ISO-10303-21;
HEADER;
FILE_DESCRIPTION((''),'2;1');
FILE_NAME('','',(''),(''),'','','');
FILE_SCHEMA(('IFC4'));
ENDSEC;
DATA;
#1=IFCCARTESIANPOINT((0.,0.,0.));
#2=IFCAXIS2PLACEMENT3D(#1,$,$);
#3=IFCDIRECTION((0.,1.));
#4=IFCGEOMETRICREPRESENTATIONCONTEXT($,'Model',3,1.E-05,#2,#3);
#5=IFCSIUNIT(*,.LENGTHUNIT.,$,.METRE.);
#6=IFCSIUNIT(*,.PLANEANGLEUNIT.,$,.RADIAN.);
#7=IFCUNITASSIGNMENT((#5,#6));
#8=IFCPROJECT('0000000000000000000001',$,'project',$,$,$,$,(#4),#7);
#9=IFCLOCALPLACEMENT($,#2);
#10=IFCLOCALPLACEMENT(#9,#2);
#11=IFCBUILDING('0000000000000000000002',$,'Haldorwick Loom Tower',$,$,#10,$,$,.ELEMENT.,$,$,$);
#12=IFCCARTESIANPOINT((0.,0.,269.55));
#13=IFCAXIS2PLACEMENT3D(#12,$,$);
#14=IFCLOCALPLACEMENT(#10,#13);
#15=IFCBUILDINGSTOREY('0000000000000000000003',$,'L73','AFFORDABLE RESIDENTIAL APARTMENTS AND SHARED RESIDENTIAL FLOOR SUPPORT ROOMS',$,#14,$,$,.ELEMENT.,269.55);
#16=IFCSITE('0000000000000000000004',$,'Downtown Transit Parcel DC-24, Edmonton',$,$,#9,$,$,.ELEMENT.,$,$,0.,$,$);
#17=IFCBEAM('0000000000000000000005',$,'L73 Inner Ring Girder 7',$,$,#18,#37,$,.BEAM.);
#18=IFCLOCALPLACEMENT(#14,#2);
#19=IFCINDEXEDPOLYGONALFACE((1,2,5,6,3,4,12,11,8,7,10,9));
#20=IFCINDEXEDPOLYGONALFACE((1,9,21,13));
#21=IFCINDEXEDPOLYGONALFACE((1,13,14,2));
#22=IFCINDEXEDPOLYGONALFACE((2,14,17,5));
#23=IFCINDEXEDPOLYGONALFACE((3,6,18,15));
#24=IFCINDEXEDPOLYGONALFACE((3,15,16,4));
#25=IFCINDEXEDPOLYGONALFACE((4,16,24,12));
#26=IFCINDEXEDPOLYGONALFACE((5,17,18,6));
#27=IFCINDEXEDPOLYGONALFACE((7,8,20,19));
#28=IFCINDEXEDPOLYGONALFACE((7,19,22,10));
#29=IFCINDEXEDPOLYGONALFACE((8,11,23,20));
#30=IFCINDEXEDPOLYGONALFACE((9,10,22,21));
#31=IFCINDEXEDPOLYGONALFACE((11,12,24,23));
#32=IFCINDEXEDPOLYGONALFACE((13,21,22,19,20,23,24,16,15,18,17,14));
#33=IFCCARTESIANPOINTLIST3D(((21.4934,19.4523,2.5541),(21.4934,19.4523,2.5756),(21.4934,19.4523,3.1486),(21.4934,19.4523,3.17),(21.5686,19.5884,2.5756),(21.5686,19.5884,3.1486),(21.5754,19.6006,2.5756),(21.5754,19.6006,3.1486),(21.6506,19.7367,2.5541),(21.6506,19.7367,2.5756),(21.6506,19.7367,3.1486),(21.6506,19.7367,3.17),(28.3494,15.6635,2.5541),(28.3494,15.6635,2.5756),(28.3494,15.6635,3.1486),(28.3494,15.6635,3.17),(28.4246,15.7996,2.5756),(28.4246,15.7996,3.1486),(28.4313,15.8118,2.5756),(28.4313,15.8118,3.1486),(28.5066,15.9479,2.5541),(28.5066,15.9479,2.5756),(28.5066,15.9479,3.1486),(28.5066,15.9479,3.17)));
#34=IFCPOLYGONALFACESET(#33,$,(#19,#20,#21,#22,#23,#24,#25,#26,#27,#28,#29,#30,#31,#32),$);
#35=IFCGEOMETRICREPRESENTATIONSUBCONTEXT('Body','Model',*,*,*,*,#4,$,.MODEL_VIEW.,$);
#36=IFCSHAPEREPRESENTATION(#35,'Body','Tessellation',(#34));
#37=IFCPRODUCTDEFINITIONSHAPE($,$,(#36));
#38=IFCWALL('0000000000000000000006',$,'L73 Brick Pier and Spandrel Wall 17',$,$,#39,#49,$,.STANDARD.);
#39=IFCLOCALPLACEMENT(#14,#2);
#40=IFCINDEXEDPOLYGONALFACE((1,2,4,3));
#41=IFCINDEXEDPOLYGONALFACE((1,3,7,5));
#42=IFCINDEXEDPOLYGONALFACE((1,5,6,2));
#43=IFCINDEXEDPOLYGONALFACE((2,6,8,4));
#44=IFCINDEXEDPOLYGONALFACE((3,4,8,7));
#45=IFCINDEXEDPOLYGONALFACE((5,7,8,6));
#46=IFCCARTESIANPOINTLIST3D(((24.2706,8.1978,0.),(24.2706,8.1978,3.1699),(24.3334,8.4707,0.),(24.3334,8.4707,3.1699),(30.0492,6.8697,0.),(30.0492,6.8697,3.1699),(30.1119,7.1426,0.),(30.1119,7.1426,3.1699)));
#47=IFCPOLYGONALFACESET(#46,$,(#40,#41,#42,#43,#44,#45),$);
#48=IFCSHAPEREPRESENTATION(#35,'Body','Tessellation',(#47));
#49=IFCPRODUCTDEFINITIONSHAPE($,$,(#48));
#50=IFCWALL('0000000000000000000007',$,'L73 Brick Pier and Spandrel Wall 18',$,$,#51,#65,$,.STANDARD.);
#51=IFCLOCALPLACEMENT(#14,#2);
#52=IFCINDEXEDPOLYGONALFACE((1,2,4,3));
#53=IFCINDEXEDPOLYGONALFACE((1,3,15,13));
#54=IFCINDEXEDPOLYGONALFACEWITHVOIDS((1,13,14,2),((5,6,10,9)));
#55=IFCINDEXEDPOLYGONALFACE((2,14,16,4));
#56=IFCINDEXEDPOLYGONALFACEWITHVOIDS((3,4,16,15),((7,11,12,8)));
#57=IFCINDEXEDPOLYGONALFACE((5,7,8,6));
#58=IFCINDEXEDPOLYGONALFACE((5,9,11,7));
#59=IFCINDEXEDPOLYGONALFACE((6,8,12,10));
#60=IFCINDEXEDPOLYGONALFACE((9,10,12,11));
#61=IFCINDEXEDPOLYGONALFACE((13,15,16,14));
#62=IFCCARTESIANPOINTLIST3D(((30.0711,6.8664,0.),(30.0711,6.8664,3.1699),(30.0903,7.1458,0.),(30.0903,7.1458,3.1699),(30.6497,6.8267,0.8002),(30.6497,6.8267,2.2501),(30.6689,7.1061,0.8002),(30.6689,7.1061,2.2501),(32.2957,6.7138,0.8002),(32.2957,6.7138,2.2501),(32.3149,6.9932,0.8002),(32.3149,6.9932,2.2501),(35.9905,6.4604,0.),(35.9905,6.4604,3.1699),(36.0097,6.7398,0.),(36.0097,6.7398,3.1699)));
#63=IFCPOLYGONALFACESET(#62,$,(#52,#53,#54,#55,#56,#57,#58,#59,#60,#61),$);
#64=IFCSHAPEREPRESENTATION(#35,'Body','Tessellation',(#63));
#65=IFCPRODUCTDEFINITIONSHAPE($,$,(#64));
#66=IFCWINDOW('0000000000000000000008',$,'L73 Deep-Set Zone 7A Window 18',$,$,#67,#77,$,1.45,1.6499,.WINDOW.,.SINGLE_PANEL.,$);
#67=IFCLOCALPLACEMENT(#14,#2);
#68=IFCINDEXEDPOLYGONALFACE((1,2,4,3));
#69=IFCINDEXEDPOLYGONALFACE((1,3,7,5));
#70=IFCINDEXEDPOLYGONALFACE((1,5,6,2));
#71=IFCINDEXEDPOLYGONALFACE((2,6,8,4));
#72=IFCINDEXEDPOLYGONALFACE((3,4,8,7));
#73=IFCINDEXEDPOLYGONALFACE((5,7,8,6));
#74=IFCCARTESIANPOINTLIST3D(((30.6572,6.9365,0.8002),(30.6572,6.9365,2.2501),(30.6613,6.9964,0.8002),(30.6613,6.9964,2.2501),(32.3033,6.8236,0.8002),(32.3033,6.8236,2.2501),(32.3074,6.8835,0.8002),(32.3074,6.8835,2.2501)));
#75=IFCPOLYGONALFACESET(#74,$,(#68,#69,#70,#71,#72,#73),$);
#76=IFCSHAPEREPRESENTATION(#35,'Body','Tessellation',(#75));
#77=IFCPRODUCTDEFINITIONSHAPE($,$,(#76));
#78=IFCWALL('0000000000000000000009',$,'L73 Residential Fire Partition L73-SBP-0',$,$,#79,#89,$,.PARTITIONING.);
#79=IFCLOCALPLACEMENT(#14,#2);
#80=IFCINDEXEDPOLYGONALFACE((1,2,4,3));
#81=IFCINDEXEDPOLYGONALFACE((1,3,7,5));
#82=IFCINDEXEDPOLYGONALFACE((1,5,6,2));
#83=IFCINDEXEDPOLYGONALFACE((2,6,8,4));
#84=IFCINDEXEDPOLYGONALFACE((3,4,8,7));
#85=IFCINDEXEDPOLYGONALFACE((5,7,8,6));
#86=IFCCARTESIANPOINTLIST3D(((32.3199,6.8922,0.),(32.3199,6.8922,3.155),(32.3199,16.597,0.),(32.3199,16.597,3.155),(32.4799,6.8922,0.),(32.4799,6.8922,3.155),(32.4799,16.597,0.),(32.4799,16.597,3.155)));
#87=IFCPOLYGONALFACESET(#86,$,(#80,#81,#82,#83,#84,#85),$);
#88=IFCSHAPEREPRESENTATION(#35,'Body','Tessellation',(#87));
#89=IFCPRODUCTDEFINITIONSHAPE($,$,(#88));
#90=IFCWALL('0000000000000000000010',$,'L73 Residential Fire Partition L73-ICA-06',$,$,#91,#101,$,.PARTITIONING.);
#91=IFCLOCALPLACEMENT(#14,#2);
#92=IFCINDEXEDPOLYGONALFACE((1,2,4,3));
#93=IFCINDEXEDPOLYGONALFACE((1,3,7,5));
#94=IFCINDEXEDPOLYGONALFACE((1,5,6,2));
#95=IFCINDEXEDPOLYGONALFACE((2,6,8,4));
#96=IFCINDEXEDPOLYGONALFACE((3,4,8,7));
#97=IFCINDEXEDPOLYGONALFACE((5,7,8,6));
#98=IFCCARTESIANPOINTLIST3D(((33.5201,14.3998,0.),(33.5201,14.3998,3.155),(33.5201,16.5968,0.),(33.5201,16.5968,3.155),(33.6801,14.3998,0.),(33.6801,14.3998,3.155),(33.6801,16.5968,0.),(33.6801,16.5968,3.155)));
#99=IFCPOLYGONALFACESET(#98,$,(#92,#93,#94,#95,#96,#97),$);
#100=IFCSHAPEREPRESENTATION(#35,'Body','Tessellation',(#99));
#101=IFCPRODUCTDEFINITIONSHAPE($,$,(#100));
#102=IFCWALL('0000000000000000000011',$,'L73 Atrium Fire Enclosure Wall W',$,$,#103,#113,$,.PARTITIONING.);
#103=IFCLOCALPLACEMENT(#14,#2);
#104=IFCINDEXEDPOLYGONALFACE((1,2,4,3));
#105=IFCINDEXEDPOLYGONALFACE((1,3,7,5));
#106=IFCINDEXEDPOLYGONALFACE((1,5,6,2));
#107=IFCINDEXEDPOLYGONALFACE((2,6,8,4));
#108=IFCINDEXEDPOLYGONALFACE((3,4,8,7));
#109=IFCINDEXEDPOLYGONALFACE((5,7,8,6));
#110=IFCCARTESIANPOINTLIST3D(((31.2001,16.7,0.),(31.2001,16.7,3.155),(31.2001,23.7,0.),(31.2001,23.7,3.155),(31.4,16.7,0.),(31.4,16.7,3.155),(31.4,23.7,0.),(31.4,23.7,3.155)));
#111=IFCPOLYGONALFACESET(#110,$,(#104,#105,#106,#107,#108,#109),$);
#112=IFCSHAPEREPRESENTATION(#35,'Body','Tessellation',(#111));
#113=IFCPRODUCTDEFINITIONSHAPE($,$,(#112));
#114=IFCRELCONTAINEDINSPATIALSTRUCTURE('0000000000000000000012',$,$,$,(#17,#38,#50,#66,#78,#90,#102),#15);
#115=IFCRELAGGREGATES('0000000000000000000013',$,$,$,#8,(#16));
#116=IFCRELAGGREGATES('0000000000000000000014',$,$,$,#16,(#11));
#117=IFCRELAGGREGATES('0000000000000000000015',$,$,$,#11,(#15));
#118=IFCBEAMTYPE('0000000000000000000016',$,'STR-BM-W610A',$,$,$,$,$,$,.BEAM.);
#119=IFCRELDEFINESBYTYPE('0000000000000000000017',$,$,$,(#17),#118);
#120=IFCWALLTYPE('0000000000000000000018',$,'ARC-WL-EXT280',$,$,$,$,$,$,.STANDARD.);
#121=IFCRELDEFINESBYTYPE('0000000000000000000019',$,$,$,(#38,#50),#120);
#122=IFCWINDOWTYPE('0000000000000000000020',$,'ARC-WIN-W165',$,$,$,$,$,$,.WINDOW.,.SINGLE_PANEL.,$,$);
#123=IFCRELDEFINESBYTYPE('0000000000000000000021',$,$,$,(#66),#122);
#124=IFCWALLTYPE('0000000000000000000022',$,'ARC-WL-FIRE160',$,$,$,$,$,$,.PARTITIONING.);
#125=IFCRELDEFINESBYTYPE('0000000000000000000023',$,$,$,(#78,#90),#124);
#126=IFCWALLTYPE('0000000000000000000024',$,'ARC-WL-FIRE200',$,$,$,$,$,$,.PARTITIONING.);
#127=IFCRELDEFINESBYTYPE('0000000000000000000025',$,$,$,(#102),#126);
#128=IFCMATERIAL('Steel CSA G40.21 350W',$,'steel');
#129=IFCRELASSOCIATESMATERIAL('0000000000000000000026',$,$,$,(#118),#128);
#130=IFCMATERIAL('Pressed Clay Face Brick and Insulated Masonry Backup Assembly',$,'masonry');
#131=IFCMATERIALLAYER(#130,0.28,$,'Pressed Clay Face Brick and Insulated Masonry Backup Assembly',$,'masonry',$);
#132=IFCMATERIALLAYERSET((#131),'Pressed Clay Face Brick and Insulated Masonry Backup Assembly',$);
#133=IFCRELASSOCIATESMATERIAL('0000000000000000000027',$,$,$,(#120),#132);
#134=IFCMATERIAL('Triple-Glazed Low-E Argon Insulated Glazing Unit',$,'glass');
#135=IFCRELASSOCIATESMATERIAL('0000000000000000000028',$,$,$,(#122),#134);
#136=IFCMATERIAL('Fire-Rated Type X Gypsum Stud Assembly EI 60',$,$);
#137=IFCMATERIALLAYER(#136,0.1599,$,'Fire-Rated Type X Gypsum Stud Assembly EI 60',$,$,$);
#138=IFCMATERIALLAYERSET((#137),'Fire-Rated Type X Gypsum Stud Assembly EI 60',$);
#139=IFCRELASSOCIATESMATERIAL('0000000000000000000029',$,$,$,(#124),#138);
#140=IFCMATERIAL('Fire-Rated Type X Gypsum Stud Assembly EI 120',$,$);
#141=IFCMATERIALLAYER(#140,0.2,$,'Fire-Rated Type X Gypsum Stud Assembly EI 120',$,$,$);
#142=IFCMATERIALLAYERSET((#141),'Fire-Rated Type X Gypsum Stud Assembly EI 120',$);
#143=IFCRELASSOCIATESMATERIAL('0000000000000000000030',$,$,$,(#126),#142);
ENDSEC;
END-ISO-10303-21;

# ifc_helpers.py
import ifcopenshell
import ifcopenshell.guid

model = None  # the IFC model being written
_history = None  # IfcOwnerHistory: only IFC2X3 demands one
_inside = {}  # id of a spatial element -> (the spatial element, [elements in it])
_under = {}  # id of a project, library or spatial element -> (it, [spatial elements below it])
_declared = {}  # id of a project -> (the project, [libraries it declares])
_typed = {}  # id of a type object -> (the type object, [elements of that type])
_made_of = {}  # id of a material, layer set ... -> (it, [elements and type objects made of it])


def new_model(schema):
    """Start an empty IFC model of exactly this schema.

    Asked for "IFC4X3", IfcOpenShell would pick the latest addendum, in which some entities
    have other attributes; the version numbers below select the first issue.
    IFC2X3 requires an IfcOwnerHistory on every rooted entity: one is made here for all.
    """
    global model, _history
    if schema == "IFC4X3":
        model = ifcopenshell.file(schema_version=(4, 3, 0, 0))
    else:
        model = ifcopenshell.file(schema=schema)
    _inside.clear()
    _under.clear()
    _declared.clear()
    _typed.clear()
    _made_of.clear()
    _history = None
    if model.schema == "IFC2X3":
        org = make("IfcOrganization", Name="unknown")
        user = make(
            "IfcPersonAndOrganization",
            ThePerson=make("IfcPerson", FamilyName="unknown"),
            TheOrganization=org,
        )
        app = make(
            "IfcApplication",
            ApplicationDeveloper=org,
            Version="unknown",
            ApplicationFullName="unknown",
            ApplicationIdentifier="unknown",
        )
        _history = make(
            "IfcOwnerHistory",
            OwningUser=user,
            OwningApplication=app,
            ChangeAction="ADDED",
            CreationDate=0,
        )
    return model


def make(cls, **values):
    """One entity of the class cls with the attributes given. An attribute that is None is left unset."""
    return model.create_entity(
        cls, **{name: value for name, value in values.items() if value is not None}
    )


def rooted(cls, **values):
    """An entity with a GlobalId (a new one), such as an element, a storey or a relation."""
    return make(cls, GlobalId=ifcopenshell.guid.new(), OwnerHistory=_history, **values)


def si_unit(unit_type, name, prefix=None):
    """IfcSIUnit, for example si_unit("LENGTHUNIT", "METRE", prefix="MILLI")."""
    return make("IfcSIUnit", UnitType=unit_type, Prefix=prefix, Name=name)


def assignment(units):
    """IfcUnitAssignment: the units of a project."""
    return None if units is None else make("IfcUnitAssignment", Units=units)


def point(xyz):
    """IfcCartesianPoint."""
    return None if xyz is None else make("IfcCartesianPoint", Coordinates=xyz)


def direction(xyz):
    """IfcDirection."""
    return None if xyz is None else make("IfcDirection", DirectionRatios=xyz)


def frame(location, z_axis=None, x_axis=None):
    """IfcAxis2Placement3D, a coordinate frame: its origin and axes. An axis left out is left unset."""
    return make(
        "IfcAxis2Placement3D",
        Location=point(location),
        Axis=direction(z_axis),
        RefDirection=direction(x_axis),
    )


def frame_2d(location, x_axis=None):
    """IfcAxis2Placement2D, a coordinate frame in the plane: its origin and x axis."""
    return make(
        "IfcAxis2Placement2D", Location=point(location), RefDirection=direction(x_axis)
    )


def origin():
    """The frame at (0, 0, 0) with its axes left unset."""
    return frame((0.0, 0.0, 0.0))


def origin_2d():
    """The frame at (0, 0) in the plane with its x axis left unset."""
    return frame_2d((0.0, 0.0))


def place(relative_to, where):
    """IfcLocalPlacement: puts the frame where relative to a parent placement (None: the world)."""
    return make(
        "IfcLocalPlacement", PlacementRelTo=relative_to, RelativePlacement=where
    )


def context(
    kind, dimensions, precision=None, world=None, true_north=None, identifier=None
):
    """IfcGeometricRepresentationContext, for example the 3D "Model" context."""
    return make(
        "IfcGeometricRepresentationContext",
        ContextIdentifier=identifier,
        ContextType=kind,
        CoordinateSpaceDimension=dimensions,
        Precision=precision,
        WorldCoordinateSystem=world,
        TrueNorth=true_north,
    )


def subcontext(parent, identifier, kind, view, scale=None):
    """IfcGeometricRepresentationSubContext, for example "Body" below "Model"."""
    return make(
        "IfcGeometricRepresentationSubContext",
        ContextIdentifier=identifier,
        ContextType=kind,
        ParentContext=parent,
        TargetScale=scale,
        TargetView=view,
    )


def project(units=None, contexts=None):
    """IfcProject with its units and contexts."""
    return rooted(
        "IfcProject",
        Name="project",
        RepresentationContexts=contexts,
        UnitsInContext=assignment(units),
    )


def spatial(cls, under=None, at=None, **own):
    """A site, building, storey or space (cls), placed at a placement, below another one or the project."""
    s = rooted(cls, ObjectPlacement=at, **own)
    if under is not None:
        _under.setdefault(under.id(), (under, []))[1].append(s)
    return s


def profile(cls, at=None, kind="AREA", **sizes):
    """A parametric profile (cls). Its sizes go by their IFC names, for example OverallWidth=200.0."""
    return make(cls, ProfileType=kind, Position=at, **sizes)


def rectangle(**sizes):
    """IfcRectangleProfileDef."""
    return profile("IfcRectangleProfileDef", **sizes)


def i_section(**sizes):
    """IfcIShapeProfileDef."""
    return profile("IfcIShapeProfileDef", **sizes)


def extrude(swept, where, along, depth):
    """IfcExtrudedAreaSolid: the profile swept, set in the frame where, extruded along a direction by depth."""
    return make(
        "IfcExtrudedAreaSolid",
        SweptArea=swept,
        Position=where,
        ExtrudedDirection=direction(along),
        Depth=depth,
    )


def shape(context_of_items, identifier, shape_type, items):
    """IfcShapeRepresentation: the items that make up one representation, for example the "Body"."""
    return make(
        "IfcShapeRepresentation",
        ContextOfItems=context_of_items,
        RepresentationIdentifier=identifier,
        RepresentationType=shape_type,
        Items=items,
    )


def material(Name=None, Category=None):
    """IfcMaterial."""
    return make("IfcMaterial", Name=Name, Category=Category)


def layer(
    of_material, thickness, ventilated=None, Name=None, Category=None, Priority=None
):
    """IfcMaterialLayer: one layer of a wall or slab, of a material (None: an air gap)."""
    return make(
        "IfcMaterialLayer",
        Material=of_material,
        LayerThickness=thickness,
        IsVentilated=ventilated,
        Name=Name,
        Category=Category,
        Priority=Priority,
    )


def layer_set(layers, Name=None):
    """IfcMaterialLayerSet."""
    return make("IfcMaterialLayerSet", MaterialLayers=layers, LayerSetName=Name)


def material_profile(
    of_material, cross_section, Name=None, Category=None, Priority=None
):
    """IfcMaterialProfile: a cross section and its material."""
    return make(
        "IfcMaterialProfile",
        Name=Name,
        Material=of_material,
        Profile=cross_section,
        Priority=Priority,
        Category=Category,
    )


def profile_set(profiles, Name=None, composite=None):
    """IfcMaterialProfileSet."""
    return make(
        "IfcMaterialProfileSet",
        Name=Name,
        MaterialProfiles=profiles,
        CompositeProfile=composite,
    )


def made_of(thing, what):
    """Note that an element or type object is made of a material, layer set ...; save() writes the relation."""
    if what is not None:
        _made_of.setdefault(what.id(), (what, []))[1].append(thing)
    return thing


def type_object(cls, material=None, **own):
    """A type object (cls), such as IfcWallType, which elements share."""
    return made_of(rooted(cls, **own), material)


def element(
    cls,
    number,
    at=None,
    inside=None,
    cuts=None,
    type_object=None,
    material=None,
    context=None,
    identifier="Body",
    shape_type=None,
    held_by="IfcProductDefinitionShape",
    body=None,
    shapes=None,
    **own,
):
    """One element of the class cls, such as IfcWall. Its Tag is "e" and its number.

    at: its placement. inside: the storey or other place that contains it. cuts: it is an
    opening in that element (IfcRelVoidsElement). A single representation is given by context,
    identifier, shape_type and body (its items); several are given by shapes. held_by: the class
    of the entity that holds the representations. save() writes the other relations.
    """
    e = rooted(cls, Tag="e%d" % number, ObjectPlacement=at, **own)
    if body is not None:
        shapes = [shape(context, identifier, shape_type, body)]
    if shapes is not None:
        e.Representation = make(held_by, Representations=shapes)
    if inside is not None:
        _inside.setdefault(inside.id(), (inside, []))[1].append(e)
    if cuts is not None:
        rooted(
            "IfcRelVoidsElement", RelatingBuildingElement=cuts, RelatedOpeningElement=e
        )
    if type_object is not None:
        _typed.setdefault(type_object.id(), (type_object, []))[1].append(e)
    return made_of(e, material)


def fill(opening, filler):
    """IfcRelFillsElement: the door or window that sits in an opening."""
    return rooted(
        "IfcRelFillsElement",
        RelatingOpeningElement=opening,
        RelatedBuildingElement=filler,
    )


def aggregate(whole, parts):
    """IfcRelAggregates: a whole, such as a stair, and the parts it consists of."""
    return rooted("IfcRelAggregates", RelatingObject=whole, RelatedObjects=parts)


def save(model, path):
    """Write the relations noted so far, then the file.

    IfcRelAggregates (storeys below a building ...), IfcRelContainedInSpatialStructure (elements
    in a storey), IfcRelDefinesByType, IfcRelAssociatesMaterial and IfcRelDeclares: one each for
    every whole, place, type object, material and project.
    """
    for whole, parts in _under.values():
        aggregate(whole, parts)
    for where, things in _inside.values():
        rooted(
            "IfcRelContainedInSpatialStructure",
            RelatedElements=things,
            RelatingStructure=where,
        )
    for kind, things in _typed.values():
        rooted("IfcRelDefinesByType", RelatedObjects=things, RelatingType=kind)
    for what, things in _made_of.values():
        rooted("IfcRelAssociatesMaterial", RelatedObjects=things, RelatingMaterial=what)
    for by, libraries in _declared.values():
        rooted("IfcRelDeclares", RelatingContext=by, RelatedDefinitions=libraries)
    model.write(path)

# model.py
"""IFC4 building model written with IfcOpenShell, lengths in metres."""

from ifc_helpers import new_model, si_unit, direction, frame, frame_2d, origin, origin_2d, place, context, subcontext, project, spatial, rectangle, i_section, extrude, material, layer, layer_set, material_profile, profile_set, type_object, element, fill, save


model = new_model("IFC4")

# Units and contexts
model_context = context("Model", 3, precision=1e-05, world=origin(), true_north=direction((0.0, 1.0)))
body_context = subcontext(model_context, "Body", "Model", "MODEL_VIEW")
ifc_project = project(units=[si_unit("LENGTHUNIT", "METRE"), si_unit("PLANEANGLEUNIT", "RADIAN")], contexts=[model_context])

# Site, building, storey
site_placement = place(None, origin())
site = spatial("IfcSite", under=ifc_project, at=site_placement, Name="Downtown Transit Parcel DC-24, Edmonton", CompositionType="ELEMENT", RefElevation=0.0)
building_placement = place(site_placement, origin())
building = spatial("IfcBuilding", under=site, at=building_placement, Name="Haldorwick Loom Tower", CompositionType="ELEMENT")
storey_placement = place(building_placement, frame((0.0, 0.0, 269.55)))
storey = spatial("IfcBuildingStorey", under=building, at=storey_placement, Name="L73", Description="AFFORDABLE RESIDENTIAL APARTMENTS AND SHARED RESIDENTIAL FLOOR SUPPORT ROOMS", CompositionType="ELEMENT", Elevation=269.55)

# Beam
ifc_material_1 = material(Name="Steel CSA G40.21 350W", Category="steel")
ifc_material_profile_1 = material_profile(ifc_material_1, i_section(OverallWidth=0.325, OverallDepth=0.616, WebThickness=0.0139, FlangeThickness=0.0215, at=origin_2d()), Name="W610X174", Category="steel")
ifc_profile_set_1 = profile_set([ifc_material_profile_1], Name="Steel CSA G40.21 350W")
beam_type_1 = type_object("IfcBeamType", Name="STR-BM-W610A", PredefinedType="BEAM", material=ifc_profile_set_1)
beam_1_placement = place(storey_placement, frame((28.428, 15.8057, 2.8621), z_axis=(-0.875242, 0.483686, 0.0), x_axis=(-0.483686, -0.875242, 0.0)))
element("IfcBeam", 1, at=beam_1_placement, inside=storey, type_object=beam_type_1, Name="L73 Inner Ring Girder 7", PredefinedType="BEAM", context=body_context, shape_type="SweptSolid", body=[
    extrude(i_section(OverallWidth=0.325, OverallDepth=0.616, WebThickness=0.0139, FlangeThickness=0.0215, at=origin_2d()), origin(), (0.0, 0.0, 1.0), 7.8333),
])

# Wall
ifc_material_2 = material(Name="Pressed Clay Face Brick and Insulated Masonry Backup Assembly", Category="masonry")
ifc_layer_1 = layer(ifc_material_2, 0.28, Name="Pressed Clay Face Brick and Insulated Masonry Backup Assembly", Category="masonry")
ifc_layer_set_1 = layer_set([ifc_layer_1], Name="Pressed Clay Face Brick and Insulated Masonry Backup Assembly")
wall_type_1 = type_object("IfcWallType", Name="ARC-WL-EXT280", PredefinedType="STANDARD", material=ifc_layer_set_1)
wall_1_placement = place(storey_placement, frame((24.302, 8.3342, 0.0), z_axis=(0.0, 0.0, 1.0), x_axis=(0.97459, -0.223996, 0.0)))
element("IfcWall", 2, at=wall_1_placement, inside=storey, type_object=wall_type_1, Name="L73 Brick Pier and Spandrel Wall 17", PredefinedType="STANDARD", context=body_context, shape_type="SweptSolid", body=[
    extrude(rectangle(XDim=5.9292, YDim=0.28, at=frame_2d((2.9646, 0.0))), origin(), (0.0, 0.0, 1.0), 3.1699),
])

# Wall, opening, window
wall_2_placement = place(storey_placement, frame((30.0806, 7.0061, 0.0), z_axis=(0.0, 0.0, 1.0), x_axis=(0.997656, -0.068428, 0.0)))
wall_2 = element("IfcWall", 3, at=wall_2_placement, inside=storey, type_object=wall_type_1, Name="L73 Brick Pier and Spandrel Wall 18", PredefinedType="STANDARD", context=body_context, shape_type="SweptSolid", body=[
    extrude(rectangle(XDim=5.9333, YDim=0.28, at=frame_2d((2.9668, 0.0))), origin(), (0.0, 0.0, 1.0), 3.1699),
])
opening_placement = place(wall_2_placement, frame((0.5801, 0.0, 0.8)))
opening = element("IfcOpeningElement", 4, at=opening_placement, cuts=wall_2, PredefinedType="OPENING", context=body_context, shape_type="SweptSolid", body=[
    extrude(rectangle(XDim=1.6499, YDim=1.45, at=frame_2d((0.825, 0.7251))), frame((0.0, 0.1499, 0.0), z_axis=(0.0, -1.0, 0.0), x_axis=(1.0, 0.0, 0.0)), (0.0, 0.0, 1.0), 0.3),
])
ifc_material_3 = material(Name="Triple-Glazed Low-E Argon Insulated Glazing Unit", Category="glass")
window_type = type_object("IfcWindowType", Name="ARC-WIN-W165", PartitioningType="SINGLE_PANEL", PredefinedType="WINDOW", material=ifc_material_3)
window_placement = place(opening_placement, origin())
window = element("IfcWindow", 5, at=window_placement, inside=storey, type_object=window_type, Name="L73 Deep-Set Zone 7A Window 18", OverallHeight=1.45, OverallWidth=1.6499, PartitioningType="SINGLE_PANEL", PredefinedType="WINDOW", context=body_context, shape_type="SweptSolid", body=[
    extrude(rectangle(XDim=1.6499, YDim=1.45, at=frame_2d((0.825, 0.7251))), frame((0.0, 0.03, 0.0), z_axis=(0.0, -1.0, 0.0), x_axis=(1.0, 0.0, 0.0)), (0.0, 0.0, 1.0), 0.0601),
])
fill(opening, window)

# Walls
ifc_material_4 = material(Name="Fire-Rated Type X Gypsum Stud Assembly EI 60")
ifc_layer_2 = layer(ifc_material_4, 0.1599, Name="Fire-Rated Type X Gypsum Stud Assembly EI 60")
ifc_layer_set_2 = layer_set([ifc_layer_2], Name="Fire-Rated Type X Gypsum Stud Assembly EI 60")
wall_type_2 = type_object("IfcWallType", Name="ARC-WL-FIRE160", PredefinedType="PARTITIONING", material=ifc_layer_set_2)
wall_3_placement = place(storey_placement, frame((32.3999, 6.8921, 0.0), z_axis=(0.0, 0.0, 1.0), x_axis=(0.0, 1.0, 0.0)))
element("IfcWall", 6, at=wall_3_placement, inside=storey, type_object=wall_type_2, Name="L73 Residential Fire Partition L73-SBP-0", PredefinedType="PARTITIONING", context=body_context, shape_type="SweptSolid", body=[
    extrude(rectangle(XDim=9.7048, YDim=0.1599, at=frame_2d((4.8525, 0.0))), origin(), (0.0, 0.0, 1.0), 3.155),
])
wall_4_placement = place(storey_placement, frame((33.6001, 16.5969, 0.0), z_axis=(0.0, 0.0, 1.0), x_axis=(0.0, -1.0, 0.0)))
element("IfcWall", 7, at=wall_4_placement, inside=storey, type_object=wall_type_2, Name="L73 Residential Fire Partition L73-ICA-06", PredefinedType="PARTITIONING", context=body_context, shape_type="SweptSolid", body=[
    extrude(rectangle(XDim=2.197, YDim=0.1599, at=frame_2d((1.0986, 0.0))), origin(), (0.0, 0.0, 1.0), 3.155),
])
ifc_material_5 = material(Name="Fire-Rated Type X Gypsum Stud Assembly EI 120")
ifc_layer_3 = layer(ifc_material_5, 0.2, Name="Fire-Rated Type X Gypsum Stud Assembly EI 120")
ifc_layer_set_3 = layer_set([ifc_layer_3], Name="Fire-Rated Type X Gypsum Stud Assembly EI 120")
wall_type_3 = type_object("IfcWallType", Name="ARC-WL-FIRE200", PredefinedType="PARTITIONING", material=ifc_layer_set_3)
wall_5_placement = place(storey_placement, frame((31.3, 16.7, 0.0), z_axis=(0.0, 0.0, 1.0), x_axis=(0.0, 1.0, 0.0)))
element("IfcWall", 8, at=wall_5_placement, inside=storey, type_object=wall_type_3, Name="L73 Atrium Fire Enclosure Wall W", PredefinedType="PARTITIONING", context=body_context, shape_type="SweptSolid", body=[
    extrude(rectangle(XDim=7.0, YDim=0.2, at=frame_2d((3.5, 0.0))), origin(), (0.0, 0.0, 1.0), 3.155),
])

save(model, "model.ifc")
